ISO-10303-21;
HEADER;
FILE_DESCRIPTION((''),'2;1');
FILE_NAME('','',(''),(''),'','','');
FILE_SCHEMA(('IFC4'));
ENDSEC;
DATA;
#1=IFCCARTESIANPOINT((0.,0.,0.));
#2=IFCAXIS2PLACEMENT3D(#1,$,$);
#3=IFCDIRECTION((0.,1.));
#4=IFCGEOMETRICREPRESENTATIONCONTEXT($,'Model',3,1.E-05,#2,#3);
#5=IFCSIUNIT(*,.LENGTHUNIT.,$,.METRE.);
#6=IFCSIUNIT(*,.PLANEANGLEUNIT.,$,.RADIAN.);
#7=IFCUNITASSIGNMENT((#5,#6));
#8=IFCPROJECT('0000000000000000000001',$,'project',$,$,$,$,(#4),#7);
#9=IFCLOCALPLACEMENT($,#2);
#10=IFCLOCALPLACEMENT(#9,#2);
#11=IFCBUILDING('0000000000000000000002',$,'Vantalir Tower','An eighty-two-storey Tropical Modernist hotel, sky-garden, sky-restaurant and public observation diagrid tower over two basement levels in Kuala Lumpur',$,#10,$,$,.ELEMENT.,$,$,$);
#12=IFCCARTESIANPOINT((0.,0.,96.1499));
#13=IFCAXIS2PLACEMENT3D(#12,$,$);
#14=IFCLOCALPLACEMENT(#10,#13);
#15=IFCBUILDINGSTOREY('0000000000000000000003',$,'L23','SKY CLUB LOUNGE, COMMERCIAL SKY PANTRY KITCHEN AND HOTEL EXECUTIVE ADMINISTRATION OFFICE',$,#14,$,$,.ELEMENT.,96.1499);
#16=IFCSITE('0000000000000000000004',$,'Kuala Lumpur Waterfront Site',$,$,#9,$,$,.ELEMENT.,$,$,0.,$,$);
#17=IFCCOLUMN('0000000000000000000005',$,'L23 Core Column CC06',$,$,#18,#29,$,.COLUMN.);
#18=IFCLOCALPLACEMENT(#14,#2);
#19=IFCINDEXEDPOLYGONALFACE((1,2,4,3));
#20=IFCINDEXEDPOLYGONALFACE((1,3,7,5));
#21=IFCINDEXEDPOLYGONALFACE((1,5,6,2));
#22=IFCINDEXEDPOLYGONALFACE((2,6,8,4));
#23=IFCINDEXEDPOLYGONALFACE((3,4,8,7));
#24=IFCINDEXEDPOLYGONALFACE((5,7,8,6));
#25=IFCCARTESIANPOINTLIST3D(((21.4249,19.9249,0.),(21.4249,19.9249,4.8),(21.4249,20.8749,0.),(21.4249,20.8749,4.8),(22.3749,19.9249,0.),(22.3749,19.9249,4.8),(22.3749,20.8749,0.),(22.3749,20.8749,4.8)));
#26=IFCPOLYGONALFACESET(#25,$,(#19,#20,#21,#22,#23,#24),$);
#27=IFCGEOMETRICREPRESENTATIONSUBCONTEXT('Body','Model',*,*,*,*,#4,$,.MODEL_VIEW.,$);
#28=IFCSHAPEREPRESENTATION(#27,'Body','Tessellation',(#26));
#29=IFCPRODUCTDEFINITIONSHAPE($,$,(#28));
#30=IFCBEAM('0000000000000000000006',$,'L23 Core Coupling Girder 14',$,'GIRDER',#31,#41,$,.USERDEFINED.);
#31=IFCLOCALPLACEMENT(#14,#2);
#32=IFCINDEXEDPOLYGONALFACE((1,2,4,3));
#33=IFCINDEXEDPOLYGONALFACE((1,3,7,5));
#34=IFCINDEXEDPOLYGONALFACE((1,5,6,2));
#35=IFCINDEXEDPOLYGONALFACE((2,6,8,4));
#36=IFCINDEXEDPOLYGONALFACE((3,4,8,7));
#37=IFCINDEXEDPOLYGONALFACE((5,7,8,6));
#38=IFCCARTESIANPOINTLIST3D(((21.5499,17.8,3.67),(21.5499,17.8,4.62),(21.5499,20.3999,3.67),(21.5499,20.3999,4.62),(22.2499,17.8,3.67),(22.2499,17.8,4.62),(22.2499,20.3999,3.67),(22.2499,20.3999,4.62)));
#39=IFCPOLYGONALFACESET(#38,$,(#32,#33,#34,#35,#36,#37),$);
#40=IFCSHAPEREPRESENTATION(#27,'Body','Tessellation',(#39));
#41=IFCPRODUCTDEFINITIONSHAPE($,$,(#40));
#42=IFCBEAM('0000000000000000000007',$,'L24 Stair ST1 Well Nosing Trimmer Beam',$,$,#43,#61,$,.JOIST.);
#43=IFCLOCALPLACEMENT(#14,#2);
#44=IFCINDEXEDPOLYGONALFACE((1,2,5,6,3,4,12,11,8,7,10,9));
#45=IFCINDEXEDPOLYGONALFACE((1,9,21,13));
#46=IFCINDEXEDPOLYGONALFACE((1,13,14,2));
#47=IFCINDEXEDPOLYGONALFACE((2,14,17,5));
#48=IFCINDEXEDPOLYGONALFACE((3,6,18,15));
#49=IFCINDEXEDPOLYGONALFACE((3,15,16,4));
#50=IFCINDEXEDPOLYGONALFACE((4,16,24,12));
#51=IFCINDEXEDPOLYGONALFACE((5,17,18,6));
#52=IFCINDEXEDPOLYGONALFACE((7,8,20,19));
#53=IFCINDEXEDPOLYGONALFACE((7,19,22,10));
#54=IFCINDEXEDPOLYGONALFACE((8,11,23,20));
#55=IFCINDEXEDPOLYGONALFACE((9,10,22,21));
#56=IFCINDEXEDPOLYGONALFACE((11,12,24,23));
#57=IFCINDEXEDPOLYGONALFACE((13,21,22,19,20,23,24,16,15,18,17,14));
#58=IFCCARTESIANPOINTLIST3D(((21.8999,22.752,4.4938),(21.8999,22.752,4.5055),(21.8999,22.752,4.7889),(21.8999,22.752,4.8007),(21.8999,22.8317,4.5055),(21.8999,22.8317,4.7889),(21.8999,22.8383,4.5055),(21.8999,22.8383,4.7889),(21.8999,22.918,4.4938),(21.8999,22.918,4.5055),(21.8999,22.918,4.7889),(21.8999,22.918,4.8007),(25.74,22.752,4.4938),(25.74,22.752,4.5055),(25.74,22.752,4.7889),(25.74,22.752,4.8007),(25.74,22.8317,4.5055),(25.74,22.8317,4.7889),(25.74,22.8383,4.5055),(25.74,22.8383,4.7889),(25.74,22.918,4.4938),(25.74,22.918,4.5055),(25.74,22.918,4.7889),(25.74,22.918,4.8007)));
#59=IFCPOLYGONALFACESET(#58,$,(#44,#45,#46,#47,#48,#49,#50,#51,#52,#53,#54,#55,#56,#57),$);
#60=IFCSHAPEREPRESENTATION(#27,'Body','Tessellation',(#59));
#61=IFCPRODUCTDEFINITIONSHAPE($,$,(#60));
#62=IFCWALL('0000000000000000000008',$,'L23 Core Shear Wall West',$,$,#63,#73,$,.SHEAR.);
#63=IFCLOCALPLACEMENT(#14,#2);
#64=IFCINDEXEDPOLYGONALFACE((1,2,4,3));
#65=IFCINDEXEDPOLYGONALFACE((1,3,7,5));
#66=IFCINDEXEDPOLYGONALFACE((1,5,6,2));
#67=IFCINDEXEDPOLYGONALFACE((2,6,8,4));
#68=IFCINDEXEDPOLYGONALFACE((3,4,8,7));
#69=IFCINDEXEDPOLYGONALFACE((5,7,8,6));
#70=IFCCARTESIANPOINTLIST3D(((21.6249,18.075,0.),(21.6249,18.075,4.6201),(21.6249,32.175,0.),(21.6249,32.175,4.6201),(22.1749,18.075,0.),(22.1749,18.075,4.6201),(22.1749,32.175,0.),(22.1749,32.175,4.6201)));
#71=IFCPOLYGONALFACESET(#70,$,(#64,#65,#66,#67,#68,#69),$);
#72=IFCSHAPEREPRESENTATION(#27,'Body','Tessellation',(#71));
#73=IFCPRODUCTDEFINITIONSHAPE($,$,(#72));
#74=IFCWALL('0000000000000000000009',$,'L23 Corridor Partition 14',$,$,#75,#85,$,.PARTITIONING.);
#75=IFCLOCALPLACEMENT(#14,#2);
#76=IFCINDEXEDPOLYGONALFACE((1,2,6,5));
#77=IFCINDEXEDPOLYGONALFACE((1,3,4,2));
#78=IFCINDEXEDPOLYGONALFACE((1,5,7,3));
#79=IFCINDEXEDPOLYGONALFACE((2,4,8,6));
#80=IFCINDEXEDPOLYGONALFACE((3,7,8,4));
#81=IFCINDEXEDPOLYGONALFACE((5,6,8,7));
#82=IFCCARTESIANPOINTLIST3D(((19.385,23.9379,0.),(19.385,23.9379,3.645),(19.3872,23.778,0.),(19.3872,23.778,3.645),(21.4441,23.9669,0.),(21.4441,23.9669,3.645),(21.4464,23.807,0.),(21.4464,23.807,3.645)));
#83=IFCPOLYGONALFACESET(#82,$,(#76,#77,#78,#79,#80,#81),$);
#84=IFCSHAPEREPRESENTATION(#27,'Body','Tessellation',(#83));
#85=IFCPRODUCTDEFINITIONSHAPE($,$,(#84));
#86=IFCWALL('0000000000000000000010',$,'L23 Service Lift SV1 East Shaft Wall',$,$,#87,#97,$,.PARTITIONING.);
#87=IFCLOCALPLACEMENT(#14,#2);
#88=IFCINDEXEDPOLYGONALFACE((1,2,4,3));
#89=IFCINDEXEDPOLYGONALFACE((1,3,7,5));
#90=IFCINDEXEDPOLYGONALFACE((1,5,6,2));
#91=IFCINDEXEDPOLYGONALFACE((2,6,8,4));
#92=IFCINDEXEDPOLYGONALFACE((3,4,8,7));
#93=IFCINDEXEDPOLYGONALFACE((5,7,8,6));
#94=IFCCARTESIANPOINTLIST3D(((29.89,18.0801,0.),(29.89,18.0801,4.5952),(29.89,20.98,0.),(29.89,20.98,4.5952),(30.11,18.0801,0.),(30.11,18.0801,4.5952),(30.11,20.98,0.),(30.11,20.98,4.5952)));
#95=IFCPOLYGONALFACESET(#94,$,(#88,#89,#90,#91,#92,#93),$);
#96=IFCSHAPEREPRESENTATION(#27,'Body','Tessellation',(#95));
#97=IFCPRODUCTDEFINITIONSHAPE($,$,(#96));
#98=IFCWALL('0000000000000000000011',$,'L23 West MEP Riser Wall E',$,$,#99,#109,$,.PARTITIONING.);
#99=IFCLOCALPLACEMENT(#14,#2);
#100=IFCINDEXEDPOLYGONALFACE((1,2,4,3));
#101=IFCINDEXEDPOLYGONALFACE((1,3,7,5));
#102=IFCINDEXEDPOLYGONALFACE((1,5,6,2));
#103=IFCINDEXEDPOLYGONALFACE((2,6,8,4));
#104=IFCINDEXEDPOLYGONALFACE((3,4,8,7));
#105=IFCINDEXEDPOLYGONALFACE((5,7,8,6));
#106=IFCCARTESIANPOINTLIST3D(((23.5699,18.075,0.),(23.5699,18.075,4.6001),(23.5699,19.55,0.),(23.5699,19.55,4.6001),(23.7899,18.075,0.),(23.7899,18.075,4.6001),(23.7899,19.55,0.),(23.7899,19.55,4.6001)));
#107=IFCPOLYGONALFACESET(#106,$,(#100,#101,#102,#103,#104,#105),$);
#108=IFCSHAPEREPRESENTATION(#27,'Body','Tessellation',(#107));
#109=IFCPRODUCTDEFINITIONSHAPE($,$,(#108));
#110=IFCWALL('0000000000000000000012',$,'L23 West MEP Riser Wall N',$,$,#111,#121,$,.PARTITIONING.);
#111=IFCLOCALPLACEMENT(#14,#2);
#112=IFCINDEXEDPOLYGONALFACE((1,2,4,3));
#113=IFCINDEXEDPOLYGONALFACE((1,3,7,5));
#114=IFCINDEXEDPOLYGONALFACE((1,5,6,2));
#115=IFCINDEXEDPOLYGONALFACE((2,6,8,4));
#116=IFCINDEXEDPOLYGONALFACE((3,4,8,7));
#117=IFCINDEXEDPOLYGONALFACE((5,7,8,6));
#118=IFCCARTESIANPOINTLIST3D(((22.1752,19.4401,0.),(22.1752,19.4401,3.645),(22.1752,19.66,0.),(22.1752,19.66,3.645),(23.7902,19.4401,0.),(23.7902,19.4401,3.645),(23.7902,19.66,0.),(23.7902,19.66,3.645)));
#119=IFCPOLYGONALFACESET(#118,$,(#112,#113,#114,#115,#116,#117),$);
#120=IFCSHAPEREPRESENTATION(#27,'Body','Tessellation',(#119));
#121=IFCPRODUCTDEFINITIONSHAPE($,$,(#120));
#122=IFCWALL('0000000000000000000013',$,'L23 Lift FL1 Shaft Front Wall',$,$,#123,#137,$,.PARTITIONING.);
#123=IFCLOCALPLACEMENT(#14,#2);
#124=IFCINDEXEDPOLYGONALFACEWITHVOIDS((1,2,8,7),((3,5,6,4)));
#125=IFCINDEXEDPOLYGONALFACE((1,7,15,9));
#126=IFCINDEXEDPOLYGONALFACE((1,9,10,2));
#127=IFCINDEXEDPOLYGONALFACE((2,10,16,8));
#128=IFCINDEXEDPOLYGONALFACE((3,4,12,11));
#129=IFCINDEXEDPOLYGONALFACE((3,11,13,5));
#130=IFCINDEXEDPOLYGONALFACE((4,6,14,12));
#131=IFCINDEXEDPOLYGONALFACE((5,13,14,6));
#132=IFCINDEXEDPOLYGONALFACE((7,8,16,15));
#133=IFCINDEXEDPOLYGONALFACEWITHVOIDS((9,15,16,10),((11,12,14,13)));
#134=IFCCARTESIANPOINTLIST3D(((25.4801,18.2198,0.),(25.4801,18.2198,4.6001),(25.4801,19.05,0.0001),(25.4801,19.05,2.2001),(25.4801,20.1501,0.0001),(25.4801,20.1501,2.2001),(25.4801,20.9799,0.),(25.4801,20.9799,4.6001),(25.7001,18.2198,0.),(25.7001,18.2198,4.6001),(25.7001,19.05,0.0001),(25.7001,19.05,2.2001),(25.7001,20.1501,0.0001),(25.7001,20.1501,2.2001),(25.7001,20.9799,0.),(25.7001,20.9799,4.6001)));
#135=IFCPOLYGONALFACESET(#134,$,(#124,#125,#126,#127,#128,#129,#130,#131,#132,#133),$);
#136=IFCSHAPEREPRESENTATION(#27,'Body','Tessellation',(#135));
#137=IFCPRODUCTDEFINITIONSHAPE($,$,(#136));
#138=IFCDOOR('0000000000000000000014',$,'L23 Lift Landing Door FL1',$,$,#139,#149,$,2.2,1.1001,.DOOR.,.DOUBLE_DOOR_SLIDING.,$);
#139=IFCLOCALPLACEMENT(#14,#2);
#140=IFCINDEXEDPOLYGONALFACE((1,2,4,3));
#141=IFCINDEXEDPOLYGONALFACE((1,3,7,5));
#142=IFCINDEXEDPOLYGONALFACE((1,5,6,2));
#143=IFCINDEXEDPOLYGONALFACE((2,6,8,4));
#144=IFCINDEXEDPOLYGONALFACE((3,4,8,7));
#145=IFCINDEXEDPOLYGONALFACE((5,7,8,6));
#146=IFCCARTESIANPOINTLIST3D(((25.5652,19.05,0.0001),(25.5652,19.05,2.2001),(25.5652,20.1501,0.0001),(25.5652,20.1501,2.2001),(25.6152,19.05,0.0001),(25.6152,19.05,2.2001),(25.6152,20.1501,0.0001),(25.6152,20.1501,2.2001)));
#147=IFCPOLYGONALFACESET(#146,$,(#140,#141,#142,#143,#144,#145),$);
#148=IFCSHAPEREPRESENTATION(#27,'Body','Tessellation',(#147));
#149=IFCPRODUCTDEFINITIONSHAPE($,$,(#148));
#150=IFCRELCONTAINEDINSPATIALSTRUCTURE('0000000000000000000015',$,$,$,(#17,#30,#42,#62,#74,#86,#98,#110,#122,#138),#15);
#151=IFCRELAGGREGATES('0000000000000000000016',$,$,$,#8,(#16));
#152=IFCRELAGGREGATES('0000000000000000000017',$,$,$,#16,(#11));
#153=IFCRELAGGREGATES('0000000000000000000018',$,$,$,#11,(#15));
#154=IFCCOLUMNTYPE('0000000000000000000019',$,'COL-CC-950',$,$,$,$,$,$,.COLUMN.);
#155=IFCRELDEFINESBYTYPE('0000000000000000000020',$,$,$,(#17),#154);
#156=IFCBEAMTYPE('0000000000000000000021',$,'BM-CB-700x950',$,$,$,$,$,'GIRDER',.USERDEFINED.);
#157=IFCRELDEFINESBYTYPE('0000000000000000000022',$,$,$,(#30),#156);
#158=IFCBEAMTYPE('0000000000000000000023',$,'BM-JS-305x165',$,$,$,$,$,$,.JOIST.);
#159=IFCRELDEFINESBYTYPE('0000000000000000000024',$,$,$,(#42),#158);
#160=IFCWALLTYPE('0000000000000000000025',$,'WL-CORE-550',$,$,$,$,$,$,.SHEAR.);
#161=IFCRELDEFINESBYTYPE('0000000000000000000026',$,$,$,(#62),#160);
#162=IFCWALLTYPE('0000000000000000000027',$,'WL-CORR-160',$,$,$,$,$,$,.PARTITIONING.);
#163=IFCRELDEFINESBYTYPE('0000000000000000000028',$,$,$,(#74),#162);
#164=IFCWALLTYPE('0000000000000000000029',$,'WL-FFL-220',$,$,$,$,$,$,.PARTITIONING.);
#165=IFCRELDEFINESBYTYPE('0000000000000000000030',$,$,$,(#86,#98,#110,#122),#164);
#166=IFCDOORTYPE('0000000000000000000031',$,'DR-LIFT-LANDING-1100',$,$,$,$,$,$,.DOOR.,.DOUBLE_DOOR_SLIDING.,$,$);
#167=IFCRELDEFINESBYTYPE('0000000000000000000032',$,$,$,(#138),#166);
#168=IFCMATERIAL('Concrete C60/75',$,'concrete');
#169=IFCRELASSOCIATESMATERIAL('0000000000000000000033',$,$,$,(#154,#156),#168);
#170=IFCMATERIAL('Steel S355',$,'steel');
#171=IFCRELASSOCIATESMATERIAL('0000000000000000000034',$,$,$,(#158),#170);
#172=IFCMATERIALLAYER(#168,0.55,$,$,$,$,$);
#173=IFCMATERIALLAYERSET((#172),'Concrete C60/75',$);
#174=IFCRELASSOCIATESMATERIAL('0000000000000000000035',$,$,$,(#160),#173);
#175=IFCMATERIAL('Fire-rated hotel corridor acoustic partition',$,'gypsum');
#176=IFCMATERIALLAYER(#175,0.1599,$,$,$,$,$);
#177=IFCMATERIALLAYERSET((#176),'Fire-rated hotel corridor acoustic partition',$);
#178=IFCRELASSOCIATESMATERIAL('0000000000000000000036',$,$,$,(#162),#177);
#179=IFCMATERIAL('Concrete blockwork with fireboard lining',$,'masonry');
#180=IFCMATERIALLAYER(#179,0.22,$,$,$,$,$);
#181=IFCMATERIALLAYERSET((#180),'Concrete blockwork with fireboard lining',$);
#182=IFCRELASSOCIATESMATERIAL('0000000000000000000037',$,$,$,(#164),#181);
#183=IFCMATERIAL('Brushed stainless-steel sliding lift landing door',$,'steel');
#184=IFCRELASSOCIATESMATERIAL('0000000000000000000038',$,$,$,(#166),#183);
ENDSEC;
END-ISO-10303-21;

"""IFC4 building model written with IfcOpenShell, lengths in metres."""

from ifc_helpers import new_model, si_unit, direction, frame, frame_2d, origin, origin_2d, place, context, subcontext, project, spatial, rectangle, i_section, extrude, material, layer, layer_set, material_profile, profile_set, type_object, element, fill, save


model = new_model("IFC4")

# Units and contexts
model_context = context("Model", 3, precision=1e-05, world=origin(), true_north=direction((0.0, 1.0)))
body_context = subcontext(model_context, "Body", "Model", "MODEL_VIEW")
ifc_project = project(units=[si_unit("LENGTHUNIT", "METRE"), si_unit("PLANEANGLEUNIT", "RADIAN")], contexts=[model_context])

# Site, building, storey
site_placement = place(None, origin())
site = spatial("IfcSite", under=ifc_project, at=site_placement, Name="Kuala Lumpur Waterfront Site", CompositionType="ELEMENT", RefElevation=0.0)
building_placement = place(site_placement, origin())
building = spatial("IfcBuilding", under=site, at=building_placement, Name="Vantalir Tower", Description="An eighty-two-storey Tropical Modernist hotel, sky-garden, sky-restaurant and public observation diagrid tower over two basement levels in Kuala Lumpur", CompositionType="ELEMENT")
storey_placement = place(building_placement, frame((0.0, 0.0, 96.1499)))
storey = spatial("IfcBuildingStorey", under=building, at=storey_placement, Name="L23", Description="SKY CLUB LOUNGE, COMMERCIAL SKY PANTRY KITCHEN AND HOTEL EXECUTIVE ADMINISTRATION OFFICE", CompositionType="ELEMENT", Elevation=96.1499)

# Column
ifc_material_1 = material(Name="Concrete C60/75", Category="concrete")
ifc_material_profile_1 = material_profile(ifc_material_1, rectangle(XDim=0.95, YDim=0.95, at=origin_2d()), Name="Concrete C60/75")
ifc_profile_set_1 = profile_set([ifc_material_profile_1], Name="Concrete C60/75")
column_type = type_object("IfcColumnType", Name="COL-CC-950", PredefinedType="COLUMN", material=ifc_profile_set_1)
column_placement = place(storey_placement, frame((21.8999, 20.3999, 0.0), z_axis=(0.0, 0.0, 1.0), x_axis=(1.0, 0.0, 0.0)))
element("IfcColumn", 1, at=column_placement, inside=storey, type_object=column_type, Name="L23 Core Column CC06", PredefinedType="COLUMN", context=body_context, shape_type="SweptSolid", body=[
    extrude(rectangle(XDim=0.95, YDim=0.95, at=origin_2d()), origin(), (0.0, 0.0, 1.0), 4.8),
])

# Beams
ifc_material_profile_2 = material_profile(ifc_material_1, rectangle(XDim=0.7, YDim=0.95, at=origin_2d()), Name="Concrete C60/75")
ifc_profile_set_2 = profile_set([ifc_material_profile_2], Name="Concrete C60/75")
beam_type_1 = type_object("IfcBeamType", Name="BM-CB-700x950", ElementType="GIRDER", PredefinedType="USERDEFINED", material=ifc_profile_set_2)
beam_1_placement = place(storey_placement, frame((21.8999, 20.3999, 4.145), z_axis=(0.0, -1.0, 0.0), x_axis=(1.0, 0.0, 0.0)))
element("IfcBeam", 2, at=beam_1_placement, inside=storey, type_object=beam_type_1, Name="L23 Core Coupling Girder 14", ObjectType="GIRDER", PredefinedType="USERDEFINED", context=body_context, shape_type="SweptSolid", body=[
    extrude(rectangle(XDim=0.7, YDim=0.95, at=origin_2d()), origin(), (0.0, 0.0, 1.0), 2.5999),
])
ifc_material_2 = material(Name="Steel S355", Category="steel")
ifc_material_profile_3 = material_profile(ifc_material_2, i_section(OverallWidth=0.166, OverallDepth=0.3069, WebThickness=0.0066, FlangeThickness=0.0117, at=origin_2d()), Name="Steel S355")
ifc_profile_set_3 = profile_set([ifc_material_profile_3], Name="Steel S355")
beam_type_2 = type_object("IfcBeamType", Name="BM-JS-305x165", PredefinedType="JOIST", material=ifc_profile_set_3)
beam_2_placement = place(storey_placement, frame((21.8999, 22.835, 4.6472), z_axis=(1.0, 0.0, 0.0), x_axis=(0.0, 1.0, 0.0)))
element("IfcBeam", 3, at=beam_2_placement, inside=storey, type_object=beam_type_2, Name="L24 Stair ST1 Well Nosing Trimmer Beam", PredefinedType="JOIST", context=body_context, shape_type="SweptSolid", body=[
    extrude(i_section(OverallWidth=0.166, OverallDepth=0.3069, WebThickness=0.0066, FlangeThickness=0.0117, at=origin_2d()), origin(), (0.0, 0.0, 1.0), 3.8401),
])

# Walls
ifc_layer_1 = layer(ifc_material_1, 0.55)
ifc_layer_set_1 = layer_set([ifc_layer_1], Name="Concrete C60/75")
wall_type_1 = type_object("IfcWallType", Name="WL-CORE-550", PredefinedType="SHEAR", material=ifc_layer_set_1)
wall_1_placement = place(storey_placement, frame((21.8999, 18.075, 0.0), z_axis=(0.0, 0.0, 1.0), x_axis=(0.0, 1.0, 0.0)))
element("IfcWall", 4, at=wall_1_placement, inside=storey, type_object=wall_type_1, Name="L23 Core Shear Wall West", PredefinedType="SHEAR", context=body_context, shape_type="SweptSolid", body=[
    extrude(rectangle(XDim=14.1001, YDim=0.55, at=frame_2d((7.05, 0.0))), origin(), (0.0, 0.0, 1.0), 4.6201),
])
ifc_material_3 = material(Name="Fire-rated hotel corridor acoustic partition", Category="gypsum")
ifc_layer_2 = layer(ifc_material_3, 0.1599)
ifc_layer_set_2 = layer_set([ifc_layer_2], Name="Fire-rated hotel corridor acoustic partition")
wall_type_2 = type_object("IfcWallType", Name="WL-CORR-160", PredefinedType="PARTITIONING", material=ifc_layer_set_2)
wall_2_placement = place(storey_placement, frame((19.386, 23.8579, 0.0), z_axis=(0.0, 0.0, 1.0), x_axis=(0.9999, 0.014108, 0.0)))
element("IfcWall", 5, at=wall_2_placement, inside=storey, type_object=wall_type_2, Name="L23 Corridor Partition 14", PredefinedType="PARTITIONING", context=body_context, shape_type="SweptSolid", body=[
    extrude(rectangle(XDim=2.0593, YDim=0.1599, at=frame_2d((1.0298, 0.0))), origin(), (0.0, 0.0, 1.0), 3.645),
])
ifc_material_4 = material(Name="Concrete blockwork with fireboard lining", Category="masonry")
ifc_layer_3 = layer(ifc_material_4, 0.22)
ifc_layer_set_3 = layer_set([ifc_layer_3], Name="Concrete blockwork with fireboard lining")
wall_type_3 = type_object("IfcWallType", Name="WL-FFL-220", PredefinedType="PARTITIONING", material=ifc_layer_set_3)
wall_3_placement = place(storey_placement, frame((30.0, 18.0801, 0.0), z_axis=(0.0, 0.0, 1.0), x_axis=(0.0, 1.0, 0.0)))
element("IfcWall", 6, at=wall_3_placement, inside=storey, type_object=wall_type_3, Name="L23 Service Lift SV1 East Shaft Wall", PredefinedType="PARTITIONING", context=body_context, shape_type="SweptSolid", body=[
    extrude(rectangle(XDim=2.8999, YDim=0.22, at=frame_2d((1.45, 0.0))), origin(), (0.0, 0.0, 1.0), 4.5952),
])
wall_4_placement = place(storey_placement, frame((23.6799, 18.075, 0.0), z_axis=(0.0, 0.0, 1.0), x_axis=(0.0, 1.0, 0.0)))
element("IfcWall", 7, at=wall_4_placement, inside=storey, type_object=wall_type_3, Name="L23 West MEP Riser Wall E", PredefinedType="PARTITIONING", context=body_context, shape_type="SweptSolid", body=[
    extrude(rectangle(XDim=1.4751, YDim=0.22, at=frame_2d((0.7375, 0.0))), origin(), (0.0, 0.0, 1.0), 4.6001),
])
wall_5_placement = place(storey_placement, frame((22.175, 19.55, 0.0), z_axis=(0.0, 0.0, 1.0), x_axis=(1.0, 0.0, 0.0)))
element("IfcWall", 8, at=wall_5_placement, inside=storey, type_object=wall_type_3, Name="L23 West MEP Riser Wall N", PredefinedType="PARTITIONING", context=body_context, shape_type="SweptSolid", body=[
    extrude(rectangle(XDim=1.615, YDim=0.22, at=frame_2d((0.8076, 0.0))), origin(), (0.0, 0.0, 1.0), 3.645),
])

# Wall, opening, door
wall_6_placement = place(storey_placement, frame((25.5901, 18.22, 0.0), z_axis=(0.0, 0.0, 1.0), x_axis=(0.0, 1.0, 0.0)))
wall_6 = element("IfcWall", 9, at=wall_6_placement, inside=storey, type_object=wall_type_3, Name="L23 Lift FL1 Shaft Front Wall", PredefinedType="PARTITIONING", context=body_context, shape_type="SweptSolid", body=[
    extrude(rectangle(XDim=2.76, YDim=0.22, at=frame_2d((1.3799, 0.0))), origin(), (0.0, 0.0, 1.0), 4.6001),
])
opening_1_placement = place(wall_6_placement, frame((0.8301, 0.0, 0.0)))
opening_1 = element("IfcOpeningElement", 10, at=opening_1_placement, cuts=wall_6, PredefinedType="OPENING", context=body_context, shape_type="SweptSolid", body=[
    extrude(rectangle(XDim=1.1001, YDim=2.2, at=frame_2d((0.55, 1.1001))), frame((0.0, 0.1199, 0.0), z_axis=(0.0, -1.0, 0.0), x_axis=(1.0, 0.0, 0.0)), (0.0, 0.0, 1.0), 0.24),
])
ifc_material_5 = material(Name="Brushed stainless-steel sliding lift landing door", Category="steel")
door_type_1 = type_object("IfcDoorType", Name="DR-LIFT-LANDING-1100", OperationType="DOUBLE_DOOR_SLIDING", PredefinedType="DOOR", material=ifc_material_5)
door_1_placement = place(opening_1_placement, origin())
door_1 = element("IfcDoor", 11, at=door_1_placement, inside=storey, type_object=door_type_1, Name="L23 Lift Landing Door FL1", OperationType="DOUBLE_DOOR_SLIDING", OverallHeight=2.2, OverallWidth=1.1001, PredefinedType="DOOR", context=body_context, shape_type="SweptSolid", body=[
    extrude(rectangle(XDim=1.1001, YDim=2.2, at=frame_2d((0.55, 1.1001))), frame((0.0, 0.0249, 0.0), z_axis=(0.0, -1.0, 0.0), x_axis=(1.0, 0.0, 0.0)), (0.0, 0.0, 1.0), 0.05),
])
fill(opening_1, door_1)

save(model, "model.ifc")
